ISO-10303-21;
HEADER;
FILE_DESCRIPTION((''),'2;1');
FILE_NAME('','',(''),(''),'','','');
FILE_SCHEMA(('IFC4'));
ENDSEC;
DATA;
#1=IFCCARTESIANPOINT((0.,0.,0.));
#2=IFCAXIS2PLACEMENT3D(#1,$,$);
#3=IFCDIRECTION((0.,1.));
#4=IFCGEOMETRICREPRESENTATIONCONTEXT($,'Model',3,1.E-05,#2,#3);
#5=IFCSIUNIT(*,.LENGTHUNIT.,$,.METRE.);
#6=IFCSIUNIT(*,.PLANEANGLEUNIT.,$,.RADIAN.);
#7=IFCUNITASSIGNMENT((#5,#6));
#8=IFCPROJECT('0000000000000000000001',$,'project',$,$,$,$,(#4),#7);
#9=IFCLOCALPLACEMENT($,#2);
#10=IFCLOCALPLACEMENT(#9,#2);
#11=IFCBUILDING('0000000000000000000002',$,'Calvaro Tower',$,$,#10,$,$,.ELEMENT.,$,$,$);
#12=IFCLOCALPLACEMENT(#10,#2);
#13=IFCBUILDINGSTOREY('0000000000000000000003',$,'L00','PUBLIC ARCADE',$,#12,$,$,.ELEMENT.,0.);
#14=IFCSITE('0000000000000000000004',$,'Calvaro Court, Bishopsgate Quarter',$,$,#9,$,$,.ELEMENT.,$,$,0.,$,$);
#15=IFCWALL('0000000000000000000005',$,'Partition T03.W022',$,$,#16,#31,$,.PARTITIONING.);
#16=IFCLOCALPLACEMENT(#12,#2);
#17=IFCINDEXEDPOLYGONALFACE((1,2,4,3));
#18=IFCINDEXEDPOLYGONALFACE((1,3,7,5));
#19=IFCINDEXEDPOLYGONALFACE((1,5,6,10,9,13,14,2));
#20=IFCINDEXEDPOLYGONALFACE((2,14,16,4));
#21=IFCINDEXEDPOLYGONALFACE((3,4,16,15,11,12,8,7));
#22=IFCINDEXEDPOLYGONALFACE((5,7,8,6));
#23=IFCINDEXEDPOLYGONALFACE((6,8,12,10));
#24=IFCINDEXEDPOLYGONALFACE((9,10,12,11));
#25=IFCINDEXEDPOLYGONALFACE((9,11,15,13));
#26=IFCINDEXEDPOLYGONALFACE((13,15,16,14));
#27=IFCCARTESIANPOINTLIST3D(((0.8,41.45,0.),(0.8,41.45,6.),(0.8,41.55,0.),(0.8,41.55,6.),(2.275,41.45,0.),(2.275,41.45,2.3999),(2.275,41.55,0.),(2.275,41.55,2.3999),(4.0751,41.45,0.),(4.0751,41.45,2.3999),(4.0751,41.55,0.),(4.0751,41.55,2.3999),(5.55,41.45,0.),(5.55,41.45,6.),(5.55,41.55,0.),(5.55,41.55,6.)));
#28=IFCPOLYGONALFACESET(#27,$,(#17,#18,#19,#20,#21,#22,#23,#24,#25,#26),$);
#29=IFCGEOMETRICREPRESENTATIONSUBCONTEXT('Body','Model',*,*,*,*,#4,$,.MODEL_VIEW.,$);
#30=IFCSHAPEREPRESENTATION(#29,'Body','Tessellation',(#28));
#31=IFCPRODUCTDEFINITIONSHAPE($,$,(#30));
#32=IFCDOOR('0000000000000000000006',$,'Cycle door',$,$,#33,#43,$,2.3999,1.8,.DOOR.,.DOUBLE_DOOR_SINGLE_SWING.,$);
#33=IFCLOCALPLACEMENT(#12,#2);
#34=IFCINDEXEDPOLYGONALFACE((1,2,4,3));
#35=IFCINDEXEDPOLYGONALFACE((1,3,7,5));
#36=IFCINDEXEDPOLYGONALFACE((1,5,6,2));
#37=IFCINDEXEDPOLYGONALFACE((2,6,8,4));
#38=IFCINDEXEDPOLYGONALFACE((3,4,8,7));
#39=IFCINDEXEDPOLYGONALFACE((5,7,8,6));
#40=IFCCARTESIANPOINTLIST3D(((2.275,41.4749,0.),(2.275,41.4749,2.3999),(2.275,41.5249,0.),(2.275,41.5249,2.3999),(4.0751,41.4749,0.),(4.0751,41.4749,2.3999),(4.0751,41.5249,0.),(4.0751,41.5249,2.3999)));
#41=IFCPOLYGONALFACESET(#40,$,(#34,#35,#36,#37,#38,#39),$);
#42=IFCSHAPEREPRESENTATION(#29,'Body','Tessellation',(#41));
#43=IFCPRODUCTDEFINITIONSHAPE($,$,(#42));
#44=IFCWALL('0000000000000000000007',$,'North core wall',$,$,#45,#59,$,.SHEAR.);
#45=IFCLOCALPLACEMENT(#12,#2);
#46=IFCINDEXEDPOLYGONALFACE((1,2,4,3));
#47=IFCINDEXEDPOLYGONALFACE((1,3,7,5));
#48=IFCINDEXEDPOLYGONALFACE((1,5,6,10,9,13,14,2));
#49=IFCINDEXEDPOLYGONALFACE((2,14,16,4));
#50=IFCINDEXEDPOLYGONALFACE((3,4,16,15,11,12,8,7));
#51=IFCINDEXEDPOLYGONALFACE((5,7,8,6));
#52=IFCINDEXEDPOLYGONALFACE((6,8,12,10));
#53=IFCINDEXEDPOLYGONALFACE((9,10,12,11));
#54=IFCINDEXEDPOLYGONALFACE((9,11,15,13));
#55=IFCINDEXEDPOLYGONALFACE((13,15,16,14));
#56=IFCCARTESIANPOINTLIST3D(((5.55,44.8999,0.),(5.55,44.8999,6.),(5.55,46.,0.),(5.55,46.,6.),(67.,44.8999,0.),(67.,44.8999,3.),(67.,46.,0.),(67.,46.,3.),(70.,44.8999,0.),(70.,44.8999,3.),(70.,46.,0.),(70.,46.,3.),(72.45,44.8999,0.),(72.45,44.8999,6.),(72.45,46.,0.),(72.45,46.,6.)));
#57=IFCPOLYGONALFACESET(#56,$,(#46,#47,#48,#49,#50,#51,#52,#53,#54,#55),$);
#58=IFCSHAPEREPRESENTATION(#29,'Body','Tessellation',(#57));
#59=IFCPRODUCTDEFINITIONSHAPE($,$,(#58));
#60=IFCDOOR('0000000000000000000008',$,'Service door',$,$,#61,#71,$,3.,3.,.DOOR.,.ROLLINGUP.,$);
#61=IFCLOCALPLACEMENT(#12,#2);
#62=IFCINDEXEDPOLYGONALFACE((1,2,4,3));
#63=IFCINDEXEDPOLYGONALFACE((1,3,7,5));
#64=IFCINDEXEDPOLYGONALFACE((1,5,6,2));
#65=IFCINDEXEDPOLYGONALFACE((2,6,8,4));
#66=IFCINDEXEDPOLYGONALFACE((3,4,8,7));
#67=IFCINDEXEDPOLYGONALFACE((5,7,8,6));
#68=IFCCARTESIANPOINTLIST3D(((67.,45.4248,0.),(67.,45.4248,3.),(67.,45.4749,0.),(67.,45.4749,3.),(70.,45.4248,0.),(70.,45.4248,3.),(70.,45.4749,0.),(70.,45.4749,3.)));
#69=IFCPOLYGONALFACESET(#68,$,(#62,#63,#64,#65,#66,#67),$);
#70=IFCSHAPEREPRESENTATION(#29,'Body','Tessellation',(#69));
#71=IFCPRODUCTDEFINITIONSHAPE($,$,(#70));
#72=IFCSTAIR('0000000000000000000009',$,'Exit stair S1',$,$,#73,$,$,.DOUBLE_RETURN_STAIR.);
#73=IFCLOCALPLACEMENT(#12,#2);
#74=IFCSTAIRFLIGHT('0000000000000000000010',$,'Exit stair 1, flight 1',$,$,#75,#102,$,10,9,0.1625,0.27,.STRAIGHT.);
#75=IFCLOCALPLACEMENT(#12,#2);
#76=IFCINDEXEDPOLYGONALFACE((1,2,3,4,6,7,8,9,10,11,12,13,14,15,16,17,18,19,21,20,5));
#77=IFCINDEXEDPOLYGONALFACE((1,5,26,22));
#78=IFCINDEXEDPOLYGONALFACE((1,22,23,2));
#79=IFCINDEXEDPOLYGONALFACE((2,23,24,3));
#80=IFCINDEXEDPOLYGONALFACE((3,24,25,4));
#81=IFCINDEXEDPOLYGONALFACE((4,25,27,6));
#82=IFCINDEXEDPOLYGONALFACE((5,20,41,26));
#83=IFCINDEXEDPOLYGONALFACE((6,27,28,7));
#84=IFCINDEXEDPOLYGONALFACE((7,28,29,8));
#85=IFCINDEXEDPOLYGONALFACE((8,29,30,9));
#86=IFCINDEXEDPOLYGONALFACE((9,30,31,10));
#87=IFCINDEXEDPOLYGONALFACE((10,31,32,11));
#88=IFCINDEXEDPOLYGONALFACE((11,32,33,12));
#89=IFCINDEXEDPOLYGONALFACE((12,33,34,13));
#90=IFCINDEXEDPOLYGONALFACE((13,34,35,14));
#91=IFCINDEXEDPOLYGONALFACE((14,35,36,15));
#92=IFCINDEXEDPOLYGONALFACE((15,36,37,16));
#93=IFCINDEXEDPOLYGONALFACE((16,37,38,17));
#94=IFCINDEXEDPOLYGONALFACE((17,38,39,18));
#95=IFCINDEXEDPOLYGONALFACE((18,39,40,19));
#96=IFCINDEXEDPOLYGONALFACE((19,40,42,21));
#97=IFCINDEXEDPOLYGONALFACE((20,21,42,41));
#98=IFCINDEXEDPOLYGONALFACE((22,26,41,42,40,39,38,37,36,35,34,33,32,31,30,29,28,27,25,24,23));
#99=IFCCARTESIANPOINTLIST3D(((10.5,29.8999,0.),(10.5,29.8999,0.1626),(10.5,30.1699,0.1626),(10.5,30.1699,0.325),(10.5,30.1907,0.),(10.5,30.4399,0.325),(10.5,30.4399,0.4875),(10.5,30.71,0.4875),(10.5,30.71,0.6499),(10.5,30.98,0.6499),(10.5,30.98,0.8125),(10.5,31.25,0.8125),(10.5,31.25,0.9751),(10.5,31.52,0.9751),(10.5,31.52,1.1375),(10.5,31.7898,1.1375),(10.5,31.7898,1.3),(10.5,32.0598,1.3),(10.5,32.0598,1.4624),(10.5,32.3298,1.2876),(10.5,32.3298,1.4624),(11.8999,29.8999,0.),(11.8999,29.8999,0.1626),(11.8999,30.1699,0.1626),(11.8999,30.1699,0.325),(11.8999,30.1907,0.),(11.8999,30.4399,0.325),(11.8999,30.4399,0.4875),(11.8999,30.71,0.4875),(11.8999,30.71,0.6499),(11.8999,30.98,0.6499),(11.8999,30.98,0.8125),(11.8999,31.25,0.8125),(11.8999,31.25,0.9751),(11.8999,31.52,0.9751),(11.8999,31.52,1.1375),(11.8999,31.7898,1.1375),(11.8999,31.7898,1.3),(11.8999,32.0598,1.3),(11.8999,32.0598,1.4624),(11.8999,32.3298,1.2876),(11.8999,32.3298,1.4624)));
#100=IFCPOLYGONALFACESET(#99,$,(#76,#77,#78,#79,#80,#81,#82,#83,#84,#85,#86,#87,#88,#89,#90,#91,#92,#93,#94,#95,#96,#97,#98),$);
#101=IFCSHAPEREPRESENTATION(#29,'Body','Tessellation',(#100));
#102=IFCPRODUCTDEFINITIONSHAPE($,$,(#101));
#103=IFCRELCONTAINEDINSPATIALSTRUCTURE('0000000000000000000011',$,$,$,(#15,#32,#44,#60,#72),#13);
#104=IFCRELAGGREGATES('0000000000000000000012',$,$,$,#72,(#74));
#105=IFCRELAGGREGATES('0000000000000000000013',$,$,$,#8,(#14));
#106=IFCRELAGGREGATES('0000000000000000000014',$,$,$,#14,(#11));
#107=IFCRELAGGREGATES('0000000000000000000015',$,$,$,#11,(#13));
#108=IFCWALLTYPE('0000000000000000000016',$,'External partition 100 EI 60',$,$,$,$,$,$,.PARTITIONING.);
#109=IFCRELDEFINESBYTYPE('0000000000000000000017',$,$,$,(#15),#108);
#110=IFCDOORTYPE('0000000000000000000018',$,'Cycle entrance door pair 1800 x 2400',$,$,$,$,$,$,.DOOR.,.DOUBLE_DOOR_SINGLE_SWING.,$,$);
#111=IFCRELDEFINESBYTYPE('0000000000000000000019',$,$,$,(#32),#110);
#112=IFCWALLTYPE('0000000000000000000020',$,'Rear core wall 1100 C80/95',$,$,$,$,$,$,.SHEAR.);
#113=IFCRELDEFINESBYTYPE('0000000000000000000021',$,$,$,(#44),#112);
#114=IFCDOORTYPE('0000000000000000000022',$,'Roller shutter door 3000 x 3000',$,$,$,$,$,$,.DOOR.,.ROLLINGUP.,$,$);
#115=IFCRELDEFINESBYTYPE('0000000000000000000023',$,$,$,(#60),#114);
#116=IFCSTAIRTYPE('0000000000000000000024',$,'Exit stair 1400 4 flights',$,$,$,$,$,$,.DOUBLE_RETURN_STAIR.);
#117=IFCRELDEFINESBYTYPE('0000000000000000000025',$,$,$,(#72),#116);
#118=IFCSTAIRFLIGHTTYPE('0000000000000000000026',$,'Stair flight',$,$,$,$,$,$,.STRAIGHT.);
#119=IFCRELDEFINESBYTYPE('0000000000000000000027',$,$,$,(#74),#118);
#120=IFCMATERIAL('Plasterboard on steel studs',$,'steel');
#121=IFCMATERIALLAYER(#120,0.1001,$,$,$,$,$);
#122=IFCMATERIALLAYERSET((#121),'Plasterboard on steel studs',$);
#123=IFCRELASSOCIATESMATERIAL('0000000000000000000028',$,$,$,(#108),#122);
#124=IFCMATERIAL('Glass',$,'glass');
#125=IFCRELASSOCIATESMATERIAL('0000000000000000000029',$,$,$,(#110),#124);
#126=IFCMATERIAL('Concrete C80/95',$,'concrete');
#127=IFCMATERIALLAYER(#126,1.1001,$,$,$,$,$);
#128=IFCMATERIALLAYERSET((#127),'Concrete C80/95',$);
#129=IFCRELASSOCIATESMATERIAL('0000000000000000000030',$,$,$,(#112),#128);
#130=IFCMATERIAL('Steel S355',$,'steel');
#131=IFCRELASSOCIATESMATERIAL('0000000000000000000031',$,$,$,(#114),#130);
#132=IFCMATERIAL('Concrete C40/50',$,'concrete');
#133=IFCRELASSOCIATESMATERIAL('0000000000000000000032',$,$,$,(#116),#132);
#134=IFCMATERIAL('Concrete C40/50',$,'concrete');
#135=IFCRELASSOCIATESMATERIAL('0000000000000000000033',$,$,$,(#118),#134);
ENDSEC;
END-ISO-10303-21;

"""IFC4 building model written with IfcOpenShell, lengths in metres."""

from ifc_helpers import new_model, si_unit, direction, frame, frame_2d, origin, place, context, subcontext, project, spatial, polyline, rectangle, outline, extrude, material, layer, layer_set, type_object, element, fill, aggregate, save


model = new_model("IFC4")

# Units and contexts
model_context = context("Model", 3, precision=1e-05, world=origin(), true_north=direction((0.0, 1.0)))
body_context = subcontext(model_context, "Body", "Model", "MODEL_VIEW")
ifc_project = project(units=[si_unit("LENGTHUNIT", "METRE"), si_unit("PLANEANGLEUNIT", "RADIAN")], contexts=[model_context])

# Site, building, storey
site_placement = place(None, origin())
site = spatial("IfcSite", under=ifc_project, at=site_placement, Name="Calvaro Court, Bishopsgate Quarter", CompositionType="ELEMENT", RefElevation=0.0)
building_placement = place(site_placement, origin())
building = spatial("IfcBuilding", under=site, at=building_placement, Name="Calvaro Tower", CompositionType="ELEMENT")
storey_placement = place(building_placement, origin())
storey = spatial("IfcBuildingStorey", under=building, at=storey_placement, Name="L00", Description="PUBLIC ARCADE", CompositionType="ELEMENT", Elevation=0.0)

# Walls, openings, doors
ifc_material_1 = material(Name="Plasterboard on steel studs", Category="steel")
ifc_layer_1 = layer(ifc_material_1, 0.1001)
ifc_layer_set_1 = layer_set([ifc_layer_1], Name="Plasterboard on steel studs")
wall_type_1 = type_object("IfcWallType", Name="External partition 100 EI 60", PredefinedType="PARTITIONING", material=ifc_layer_set_1)
wall_1_placement = place(storey_placement, frame((0.8, 41.5, 0.0), z_axis=(0.0, 0.0, 1.0), x_axis=(1.0, 0.0, 0.0)))
wall_1 = element("IfcWall", 1, at=wall_1_placement, inside=storey, type_object=wall_type_1, Name="Partition T03.W022", PredefinedType="PARTITIONING", context=body_context, shape_type="SweptSolid", body=[
    extrude(rectangle(XDim=4.75, YDim=0.1001, at=frame_2d((2.375, 0.0))), origin(), (0.0, 0.0, 1.0), 6.0),
])
opening_1_placement = place(wall_1_placement, frame((1.4751, 0.0, 0.0)))
opening_1 = element("IfcOpeningElement", 2, at=opening_1_placement, cuts=wall_1, PredefinedType="OPENING", context=body_context, shape_type="SweptSolid", body=[
    extrude(rectangle(XDim=1.8, YDim=2.3999, at=frame_2d((0.8999, 1.2))), frame((0.0, 0.0601, 0.0), z_axis=(0.0, -1.0, 0.0), x_axis=(1.0, 0.0, 0.0)), (0.0, 0.0, 1.0), 0.1201),
])
ifc_material_2 = material(Name="Glass", Category="glass")
door_type_1 = type_object("IfcDoorType", Name="Cycle entrance door pair 1800 x 2400", OperationType="DOUBLE_DOOR_SINGLE_SWING", PredefinedType="DOOR", material=ifc_material_2)
door_1_placement = place(opening_1_placement, origin())
door_1 = element("IfcDoor", 3, at=door_1_placement, inside=storey, type_object=door_type_1, Name="Cycle door", OperationType="DOUBLE_DOOR_SINGLE_SWING", OverallHeight=2.3999, OverallWidth=1.8, PredefinedType="DOOR", context=body_context, shape_type="SweptSolid", body=[
    extrude(rectangle(XDim=1.8, YDim=2.3999, at=frame_2d((0.8999, 1.2))), frame((0.0, 0.0249, 0.0), z_axis=(0.0, -1.0, 0.0), x_axis=(1.0, 0.0, 0.0)), (0.0, 0.0, 1.0), 0.05),
])
fill(opening_1, door_1)
ifc_material_3 = material(Name="Concrete C80/95", Category="concrete")
ifc_layer_2 = layer(ifc_material_3, 1.1001)
ifc_layer_set_2 = layer_set([ifc_layer_2], Name="Concrete C80/95")
wall_type_2 = type_object("IfcWallType", Name="Rear core wall 1100 C80/95", PredefinedType="SHEAR", material=ifc_layer_set_2)
wall_2_placement = place(storey_placement, frame((5.55, 45.45, 0.0), z_axis=(0.0, 0.0, 1.0), x_axis=(1.0, 0.0, 0.0)))
wall_2 = element("IfcWall", 4, at=wall_2_placement, inside=storey, type_object=wall_type_2, Name="North core wall", PredefinedType="SHEAR", context=body_context, shape_type="SweptSolid", body=[
    extrude(rectangle(XDim=66.8999, YDim=1.1001, at=frame_2d((33.45, 0.0))), origin(), (0.0, 0.0, 1.0), 6.0),
])
opening_2_placement = place(wall_2_placement, frame((61.45, 0.0, 0.0)))
opening_2 = element("IfcOpeningElement", 5, at=opening_2_placement, cuts=wall_2, PredefinedType="OPENING", context=body_context, shape_type="SweptSolid", body=[
    extrude(rectangle(XDim=3.0, YDim=3.0, at=frame_2d((1.5, 1.5))), frame((0.0, 0.5601, 0.0), z_axis=(0.0, -1.0, 0.0), x_axis=(1.0, 0.0, 0.0)), (0.0, 0.0, 1.0), 1.1201),
])
ifc_material_4 = material(Name="Steel S355", Category="steel")
door_type_2 = type_object("IfcDoorType", Name="Roller shutter door 3000 x 3000", OperationType="ROLLINGUP", PredefinedType="DOOR", material=ifc_material_4)
door_2_placement = place(opening_2_placement, origin())
door_2 = element("IfcDoor", 6, at=door_2_placement, inside=storey, type_object=door_type_2, Name="Service door", OperationType="ROLLINGUP", OverallHeight=3.0, OverallWidth=3.0, PredefinedType="DOOR", context=body_context, shape_type="SweptSolid", body=[
    extrude(rectangle(XDim=3.0, YDim=3.0, at=frame_2d((1.5, 1.5))), frame((0.0, 0.0249, 0.0), z_axis=(0.0, -1.0, 0.0), x_axis=(1.0, 0.0, 0.0)), (0.0, 0.0, 1.0), 0.05),
])
fill(opening_2, door_2)

# Stair, stair flight
ifc_material_5 = material(Name="Concrete C40/50", Category="concrete")
stair_type = type_object("IfcStairType", Name="Exit stair 1400 4 flights", PredefinedType="DOUBLE_RETURN_STAIR", material=ifc_material_5)
stair_placement = place(storey_placement, origin())
stair = element("IfcStair", 7, at=stair_placement, inside=storey, type_object=stair_type, Name="Exit stair S1", PredefinedType="DOUBLE_RETURN_STAIR")
ifc_material_6 = material(Name="Concrete C40/50", Category="concrete")
stair_flight_type = type_object("IfcStairFlightType", Name="Stair flight", PredefinedType="STRAIGHT", material=ifc_material_6)
stair_flight_placement = place(storey_placement, frame((11.2, 29.8999, 0.0), z_axis=(0.0, 0.0, 1.0), x_axis=(0.0, 1.0, 0.0)))
stair_flight = element("IfcStairFlight", 8, at=stair_flight_placement, type_object=stair_flight_type, Name="Exit stair 1, flight 1", NumberOfRisers=10, NumberOfTreads=9, PredefinedType="STRAIGHT", RiserHeight=0.1625, TreadLength=0.27, context=body_context, shape_type="SweptSolid", body=[
    extrude(outline(polyline([(0.0, 0.0), (0.0, 0.1626), (0.27, 0.1626), (0.27, 0.325), (0.54, 0.325), (0.54, 0.4875), (0.8101, 0.4875), (0.8101, 0.6499), (1.0801, 0.6499), (1.0801, 0.8125), (1.3501, 0.8125), (1.3501, 0.9751), (1.6201, 0.9751), (1.6201, 1.1375), (1.8899, 1.1375), (1.8899, 1.3), (2.1599, 1.3), (2.1599, 1.4624), (2.4299, 1.4624), (2.4299, 1.625), (2.4299, 1.2876), (0.2908, 0.0), (0.0, 0.0)])), frame((0.0, 0.7, 0.0), z_axis=(0.0, -1.0, 0.0), x_axis=(1.0, 0.0, 0.0)), (0.0, 0.0, 1.0), 1.3999),
])

aggregate(stair, [stair_flight])

save(model, "model.ifc")
